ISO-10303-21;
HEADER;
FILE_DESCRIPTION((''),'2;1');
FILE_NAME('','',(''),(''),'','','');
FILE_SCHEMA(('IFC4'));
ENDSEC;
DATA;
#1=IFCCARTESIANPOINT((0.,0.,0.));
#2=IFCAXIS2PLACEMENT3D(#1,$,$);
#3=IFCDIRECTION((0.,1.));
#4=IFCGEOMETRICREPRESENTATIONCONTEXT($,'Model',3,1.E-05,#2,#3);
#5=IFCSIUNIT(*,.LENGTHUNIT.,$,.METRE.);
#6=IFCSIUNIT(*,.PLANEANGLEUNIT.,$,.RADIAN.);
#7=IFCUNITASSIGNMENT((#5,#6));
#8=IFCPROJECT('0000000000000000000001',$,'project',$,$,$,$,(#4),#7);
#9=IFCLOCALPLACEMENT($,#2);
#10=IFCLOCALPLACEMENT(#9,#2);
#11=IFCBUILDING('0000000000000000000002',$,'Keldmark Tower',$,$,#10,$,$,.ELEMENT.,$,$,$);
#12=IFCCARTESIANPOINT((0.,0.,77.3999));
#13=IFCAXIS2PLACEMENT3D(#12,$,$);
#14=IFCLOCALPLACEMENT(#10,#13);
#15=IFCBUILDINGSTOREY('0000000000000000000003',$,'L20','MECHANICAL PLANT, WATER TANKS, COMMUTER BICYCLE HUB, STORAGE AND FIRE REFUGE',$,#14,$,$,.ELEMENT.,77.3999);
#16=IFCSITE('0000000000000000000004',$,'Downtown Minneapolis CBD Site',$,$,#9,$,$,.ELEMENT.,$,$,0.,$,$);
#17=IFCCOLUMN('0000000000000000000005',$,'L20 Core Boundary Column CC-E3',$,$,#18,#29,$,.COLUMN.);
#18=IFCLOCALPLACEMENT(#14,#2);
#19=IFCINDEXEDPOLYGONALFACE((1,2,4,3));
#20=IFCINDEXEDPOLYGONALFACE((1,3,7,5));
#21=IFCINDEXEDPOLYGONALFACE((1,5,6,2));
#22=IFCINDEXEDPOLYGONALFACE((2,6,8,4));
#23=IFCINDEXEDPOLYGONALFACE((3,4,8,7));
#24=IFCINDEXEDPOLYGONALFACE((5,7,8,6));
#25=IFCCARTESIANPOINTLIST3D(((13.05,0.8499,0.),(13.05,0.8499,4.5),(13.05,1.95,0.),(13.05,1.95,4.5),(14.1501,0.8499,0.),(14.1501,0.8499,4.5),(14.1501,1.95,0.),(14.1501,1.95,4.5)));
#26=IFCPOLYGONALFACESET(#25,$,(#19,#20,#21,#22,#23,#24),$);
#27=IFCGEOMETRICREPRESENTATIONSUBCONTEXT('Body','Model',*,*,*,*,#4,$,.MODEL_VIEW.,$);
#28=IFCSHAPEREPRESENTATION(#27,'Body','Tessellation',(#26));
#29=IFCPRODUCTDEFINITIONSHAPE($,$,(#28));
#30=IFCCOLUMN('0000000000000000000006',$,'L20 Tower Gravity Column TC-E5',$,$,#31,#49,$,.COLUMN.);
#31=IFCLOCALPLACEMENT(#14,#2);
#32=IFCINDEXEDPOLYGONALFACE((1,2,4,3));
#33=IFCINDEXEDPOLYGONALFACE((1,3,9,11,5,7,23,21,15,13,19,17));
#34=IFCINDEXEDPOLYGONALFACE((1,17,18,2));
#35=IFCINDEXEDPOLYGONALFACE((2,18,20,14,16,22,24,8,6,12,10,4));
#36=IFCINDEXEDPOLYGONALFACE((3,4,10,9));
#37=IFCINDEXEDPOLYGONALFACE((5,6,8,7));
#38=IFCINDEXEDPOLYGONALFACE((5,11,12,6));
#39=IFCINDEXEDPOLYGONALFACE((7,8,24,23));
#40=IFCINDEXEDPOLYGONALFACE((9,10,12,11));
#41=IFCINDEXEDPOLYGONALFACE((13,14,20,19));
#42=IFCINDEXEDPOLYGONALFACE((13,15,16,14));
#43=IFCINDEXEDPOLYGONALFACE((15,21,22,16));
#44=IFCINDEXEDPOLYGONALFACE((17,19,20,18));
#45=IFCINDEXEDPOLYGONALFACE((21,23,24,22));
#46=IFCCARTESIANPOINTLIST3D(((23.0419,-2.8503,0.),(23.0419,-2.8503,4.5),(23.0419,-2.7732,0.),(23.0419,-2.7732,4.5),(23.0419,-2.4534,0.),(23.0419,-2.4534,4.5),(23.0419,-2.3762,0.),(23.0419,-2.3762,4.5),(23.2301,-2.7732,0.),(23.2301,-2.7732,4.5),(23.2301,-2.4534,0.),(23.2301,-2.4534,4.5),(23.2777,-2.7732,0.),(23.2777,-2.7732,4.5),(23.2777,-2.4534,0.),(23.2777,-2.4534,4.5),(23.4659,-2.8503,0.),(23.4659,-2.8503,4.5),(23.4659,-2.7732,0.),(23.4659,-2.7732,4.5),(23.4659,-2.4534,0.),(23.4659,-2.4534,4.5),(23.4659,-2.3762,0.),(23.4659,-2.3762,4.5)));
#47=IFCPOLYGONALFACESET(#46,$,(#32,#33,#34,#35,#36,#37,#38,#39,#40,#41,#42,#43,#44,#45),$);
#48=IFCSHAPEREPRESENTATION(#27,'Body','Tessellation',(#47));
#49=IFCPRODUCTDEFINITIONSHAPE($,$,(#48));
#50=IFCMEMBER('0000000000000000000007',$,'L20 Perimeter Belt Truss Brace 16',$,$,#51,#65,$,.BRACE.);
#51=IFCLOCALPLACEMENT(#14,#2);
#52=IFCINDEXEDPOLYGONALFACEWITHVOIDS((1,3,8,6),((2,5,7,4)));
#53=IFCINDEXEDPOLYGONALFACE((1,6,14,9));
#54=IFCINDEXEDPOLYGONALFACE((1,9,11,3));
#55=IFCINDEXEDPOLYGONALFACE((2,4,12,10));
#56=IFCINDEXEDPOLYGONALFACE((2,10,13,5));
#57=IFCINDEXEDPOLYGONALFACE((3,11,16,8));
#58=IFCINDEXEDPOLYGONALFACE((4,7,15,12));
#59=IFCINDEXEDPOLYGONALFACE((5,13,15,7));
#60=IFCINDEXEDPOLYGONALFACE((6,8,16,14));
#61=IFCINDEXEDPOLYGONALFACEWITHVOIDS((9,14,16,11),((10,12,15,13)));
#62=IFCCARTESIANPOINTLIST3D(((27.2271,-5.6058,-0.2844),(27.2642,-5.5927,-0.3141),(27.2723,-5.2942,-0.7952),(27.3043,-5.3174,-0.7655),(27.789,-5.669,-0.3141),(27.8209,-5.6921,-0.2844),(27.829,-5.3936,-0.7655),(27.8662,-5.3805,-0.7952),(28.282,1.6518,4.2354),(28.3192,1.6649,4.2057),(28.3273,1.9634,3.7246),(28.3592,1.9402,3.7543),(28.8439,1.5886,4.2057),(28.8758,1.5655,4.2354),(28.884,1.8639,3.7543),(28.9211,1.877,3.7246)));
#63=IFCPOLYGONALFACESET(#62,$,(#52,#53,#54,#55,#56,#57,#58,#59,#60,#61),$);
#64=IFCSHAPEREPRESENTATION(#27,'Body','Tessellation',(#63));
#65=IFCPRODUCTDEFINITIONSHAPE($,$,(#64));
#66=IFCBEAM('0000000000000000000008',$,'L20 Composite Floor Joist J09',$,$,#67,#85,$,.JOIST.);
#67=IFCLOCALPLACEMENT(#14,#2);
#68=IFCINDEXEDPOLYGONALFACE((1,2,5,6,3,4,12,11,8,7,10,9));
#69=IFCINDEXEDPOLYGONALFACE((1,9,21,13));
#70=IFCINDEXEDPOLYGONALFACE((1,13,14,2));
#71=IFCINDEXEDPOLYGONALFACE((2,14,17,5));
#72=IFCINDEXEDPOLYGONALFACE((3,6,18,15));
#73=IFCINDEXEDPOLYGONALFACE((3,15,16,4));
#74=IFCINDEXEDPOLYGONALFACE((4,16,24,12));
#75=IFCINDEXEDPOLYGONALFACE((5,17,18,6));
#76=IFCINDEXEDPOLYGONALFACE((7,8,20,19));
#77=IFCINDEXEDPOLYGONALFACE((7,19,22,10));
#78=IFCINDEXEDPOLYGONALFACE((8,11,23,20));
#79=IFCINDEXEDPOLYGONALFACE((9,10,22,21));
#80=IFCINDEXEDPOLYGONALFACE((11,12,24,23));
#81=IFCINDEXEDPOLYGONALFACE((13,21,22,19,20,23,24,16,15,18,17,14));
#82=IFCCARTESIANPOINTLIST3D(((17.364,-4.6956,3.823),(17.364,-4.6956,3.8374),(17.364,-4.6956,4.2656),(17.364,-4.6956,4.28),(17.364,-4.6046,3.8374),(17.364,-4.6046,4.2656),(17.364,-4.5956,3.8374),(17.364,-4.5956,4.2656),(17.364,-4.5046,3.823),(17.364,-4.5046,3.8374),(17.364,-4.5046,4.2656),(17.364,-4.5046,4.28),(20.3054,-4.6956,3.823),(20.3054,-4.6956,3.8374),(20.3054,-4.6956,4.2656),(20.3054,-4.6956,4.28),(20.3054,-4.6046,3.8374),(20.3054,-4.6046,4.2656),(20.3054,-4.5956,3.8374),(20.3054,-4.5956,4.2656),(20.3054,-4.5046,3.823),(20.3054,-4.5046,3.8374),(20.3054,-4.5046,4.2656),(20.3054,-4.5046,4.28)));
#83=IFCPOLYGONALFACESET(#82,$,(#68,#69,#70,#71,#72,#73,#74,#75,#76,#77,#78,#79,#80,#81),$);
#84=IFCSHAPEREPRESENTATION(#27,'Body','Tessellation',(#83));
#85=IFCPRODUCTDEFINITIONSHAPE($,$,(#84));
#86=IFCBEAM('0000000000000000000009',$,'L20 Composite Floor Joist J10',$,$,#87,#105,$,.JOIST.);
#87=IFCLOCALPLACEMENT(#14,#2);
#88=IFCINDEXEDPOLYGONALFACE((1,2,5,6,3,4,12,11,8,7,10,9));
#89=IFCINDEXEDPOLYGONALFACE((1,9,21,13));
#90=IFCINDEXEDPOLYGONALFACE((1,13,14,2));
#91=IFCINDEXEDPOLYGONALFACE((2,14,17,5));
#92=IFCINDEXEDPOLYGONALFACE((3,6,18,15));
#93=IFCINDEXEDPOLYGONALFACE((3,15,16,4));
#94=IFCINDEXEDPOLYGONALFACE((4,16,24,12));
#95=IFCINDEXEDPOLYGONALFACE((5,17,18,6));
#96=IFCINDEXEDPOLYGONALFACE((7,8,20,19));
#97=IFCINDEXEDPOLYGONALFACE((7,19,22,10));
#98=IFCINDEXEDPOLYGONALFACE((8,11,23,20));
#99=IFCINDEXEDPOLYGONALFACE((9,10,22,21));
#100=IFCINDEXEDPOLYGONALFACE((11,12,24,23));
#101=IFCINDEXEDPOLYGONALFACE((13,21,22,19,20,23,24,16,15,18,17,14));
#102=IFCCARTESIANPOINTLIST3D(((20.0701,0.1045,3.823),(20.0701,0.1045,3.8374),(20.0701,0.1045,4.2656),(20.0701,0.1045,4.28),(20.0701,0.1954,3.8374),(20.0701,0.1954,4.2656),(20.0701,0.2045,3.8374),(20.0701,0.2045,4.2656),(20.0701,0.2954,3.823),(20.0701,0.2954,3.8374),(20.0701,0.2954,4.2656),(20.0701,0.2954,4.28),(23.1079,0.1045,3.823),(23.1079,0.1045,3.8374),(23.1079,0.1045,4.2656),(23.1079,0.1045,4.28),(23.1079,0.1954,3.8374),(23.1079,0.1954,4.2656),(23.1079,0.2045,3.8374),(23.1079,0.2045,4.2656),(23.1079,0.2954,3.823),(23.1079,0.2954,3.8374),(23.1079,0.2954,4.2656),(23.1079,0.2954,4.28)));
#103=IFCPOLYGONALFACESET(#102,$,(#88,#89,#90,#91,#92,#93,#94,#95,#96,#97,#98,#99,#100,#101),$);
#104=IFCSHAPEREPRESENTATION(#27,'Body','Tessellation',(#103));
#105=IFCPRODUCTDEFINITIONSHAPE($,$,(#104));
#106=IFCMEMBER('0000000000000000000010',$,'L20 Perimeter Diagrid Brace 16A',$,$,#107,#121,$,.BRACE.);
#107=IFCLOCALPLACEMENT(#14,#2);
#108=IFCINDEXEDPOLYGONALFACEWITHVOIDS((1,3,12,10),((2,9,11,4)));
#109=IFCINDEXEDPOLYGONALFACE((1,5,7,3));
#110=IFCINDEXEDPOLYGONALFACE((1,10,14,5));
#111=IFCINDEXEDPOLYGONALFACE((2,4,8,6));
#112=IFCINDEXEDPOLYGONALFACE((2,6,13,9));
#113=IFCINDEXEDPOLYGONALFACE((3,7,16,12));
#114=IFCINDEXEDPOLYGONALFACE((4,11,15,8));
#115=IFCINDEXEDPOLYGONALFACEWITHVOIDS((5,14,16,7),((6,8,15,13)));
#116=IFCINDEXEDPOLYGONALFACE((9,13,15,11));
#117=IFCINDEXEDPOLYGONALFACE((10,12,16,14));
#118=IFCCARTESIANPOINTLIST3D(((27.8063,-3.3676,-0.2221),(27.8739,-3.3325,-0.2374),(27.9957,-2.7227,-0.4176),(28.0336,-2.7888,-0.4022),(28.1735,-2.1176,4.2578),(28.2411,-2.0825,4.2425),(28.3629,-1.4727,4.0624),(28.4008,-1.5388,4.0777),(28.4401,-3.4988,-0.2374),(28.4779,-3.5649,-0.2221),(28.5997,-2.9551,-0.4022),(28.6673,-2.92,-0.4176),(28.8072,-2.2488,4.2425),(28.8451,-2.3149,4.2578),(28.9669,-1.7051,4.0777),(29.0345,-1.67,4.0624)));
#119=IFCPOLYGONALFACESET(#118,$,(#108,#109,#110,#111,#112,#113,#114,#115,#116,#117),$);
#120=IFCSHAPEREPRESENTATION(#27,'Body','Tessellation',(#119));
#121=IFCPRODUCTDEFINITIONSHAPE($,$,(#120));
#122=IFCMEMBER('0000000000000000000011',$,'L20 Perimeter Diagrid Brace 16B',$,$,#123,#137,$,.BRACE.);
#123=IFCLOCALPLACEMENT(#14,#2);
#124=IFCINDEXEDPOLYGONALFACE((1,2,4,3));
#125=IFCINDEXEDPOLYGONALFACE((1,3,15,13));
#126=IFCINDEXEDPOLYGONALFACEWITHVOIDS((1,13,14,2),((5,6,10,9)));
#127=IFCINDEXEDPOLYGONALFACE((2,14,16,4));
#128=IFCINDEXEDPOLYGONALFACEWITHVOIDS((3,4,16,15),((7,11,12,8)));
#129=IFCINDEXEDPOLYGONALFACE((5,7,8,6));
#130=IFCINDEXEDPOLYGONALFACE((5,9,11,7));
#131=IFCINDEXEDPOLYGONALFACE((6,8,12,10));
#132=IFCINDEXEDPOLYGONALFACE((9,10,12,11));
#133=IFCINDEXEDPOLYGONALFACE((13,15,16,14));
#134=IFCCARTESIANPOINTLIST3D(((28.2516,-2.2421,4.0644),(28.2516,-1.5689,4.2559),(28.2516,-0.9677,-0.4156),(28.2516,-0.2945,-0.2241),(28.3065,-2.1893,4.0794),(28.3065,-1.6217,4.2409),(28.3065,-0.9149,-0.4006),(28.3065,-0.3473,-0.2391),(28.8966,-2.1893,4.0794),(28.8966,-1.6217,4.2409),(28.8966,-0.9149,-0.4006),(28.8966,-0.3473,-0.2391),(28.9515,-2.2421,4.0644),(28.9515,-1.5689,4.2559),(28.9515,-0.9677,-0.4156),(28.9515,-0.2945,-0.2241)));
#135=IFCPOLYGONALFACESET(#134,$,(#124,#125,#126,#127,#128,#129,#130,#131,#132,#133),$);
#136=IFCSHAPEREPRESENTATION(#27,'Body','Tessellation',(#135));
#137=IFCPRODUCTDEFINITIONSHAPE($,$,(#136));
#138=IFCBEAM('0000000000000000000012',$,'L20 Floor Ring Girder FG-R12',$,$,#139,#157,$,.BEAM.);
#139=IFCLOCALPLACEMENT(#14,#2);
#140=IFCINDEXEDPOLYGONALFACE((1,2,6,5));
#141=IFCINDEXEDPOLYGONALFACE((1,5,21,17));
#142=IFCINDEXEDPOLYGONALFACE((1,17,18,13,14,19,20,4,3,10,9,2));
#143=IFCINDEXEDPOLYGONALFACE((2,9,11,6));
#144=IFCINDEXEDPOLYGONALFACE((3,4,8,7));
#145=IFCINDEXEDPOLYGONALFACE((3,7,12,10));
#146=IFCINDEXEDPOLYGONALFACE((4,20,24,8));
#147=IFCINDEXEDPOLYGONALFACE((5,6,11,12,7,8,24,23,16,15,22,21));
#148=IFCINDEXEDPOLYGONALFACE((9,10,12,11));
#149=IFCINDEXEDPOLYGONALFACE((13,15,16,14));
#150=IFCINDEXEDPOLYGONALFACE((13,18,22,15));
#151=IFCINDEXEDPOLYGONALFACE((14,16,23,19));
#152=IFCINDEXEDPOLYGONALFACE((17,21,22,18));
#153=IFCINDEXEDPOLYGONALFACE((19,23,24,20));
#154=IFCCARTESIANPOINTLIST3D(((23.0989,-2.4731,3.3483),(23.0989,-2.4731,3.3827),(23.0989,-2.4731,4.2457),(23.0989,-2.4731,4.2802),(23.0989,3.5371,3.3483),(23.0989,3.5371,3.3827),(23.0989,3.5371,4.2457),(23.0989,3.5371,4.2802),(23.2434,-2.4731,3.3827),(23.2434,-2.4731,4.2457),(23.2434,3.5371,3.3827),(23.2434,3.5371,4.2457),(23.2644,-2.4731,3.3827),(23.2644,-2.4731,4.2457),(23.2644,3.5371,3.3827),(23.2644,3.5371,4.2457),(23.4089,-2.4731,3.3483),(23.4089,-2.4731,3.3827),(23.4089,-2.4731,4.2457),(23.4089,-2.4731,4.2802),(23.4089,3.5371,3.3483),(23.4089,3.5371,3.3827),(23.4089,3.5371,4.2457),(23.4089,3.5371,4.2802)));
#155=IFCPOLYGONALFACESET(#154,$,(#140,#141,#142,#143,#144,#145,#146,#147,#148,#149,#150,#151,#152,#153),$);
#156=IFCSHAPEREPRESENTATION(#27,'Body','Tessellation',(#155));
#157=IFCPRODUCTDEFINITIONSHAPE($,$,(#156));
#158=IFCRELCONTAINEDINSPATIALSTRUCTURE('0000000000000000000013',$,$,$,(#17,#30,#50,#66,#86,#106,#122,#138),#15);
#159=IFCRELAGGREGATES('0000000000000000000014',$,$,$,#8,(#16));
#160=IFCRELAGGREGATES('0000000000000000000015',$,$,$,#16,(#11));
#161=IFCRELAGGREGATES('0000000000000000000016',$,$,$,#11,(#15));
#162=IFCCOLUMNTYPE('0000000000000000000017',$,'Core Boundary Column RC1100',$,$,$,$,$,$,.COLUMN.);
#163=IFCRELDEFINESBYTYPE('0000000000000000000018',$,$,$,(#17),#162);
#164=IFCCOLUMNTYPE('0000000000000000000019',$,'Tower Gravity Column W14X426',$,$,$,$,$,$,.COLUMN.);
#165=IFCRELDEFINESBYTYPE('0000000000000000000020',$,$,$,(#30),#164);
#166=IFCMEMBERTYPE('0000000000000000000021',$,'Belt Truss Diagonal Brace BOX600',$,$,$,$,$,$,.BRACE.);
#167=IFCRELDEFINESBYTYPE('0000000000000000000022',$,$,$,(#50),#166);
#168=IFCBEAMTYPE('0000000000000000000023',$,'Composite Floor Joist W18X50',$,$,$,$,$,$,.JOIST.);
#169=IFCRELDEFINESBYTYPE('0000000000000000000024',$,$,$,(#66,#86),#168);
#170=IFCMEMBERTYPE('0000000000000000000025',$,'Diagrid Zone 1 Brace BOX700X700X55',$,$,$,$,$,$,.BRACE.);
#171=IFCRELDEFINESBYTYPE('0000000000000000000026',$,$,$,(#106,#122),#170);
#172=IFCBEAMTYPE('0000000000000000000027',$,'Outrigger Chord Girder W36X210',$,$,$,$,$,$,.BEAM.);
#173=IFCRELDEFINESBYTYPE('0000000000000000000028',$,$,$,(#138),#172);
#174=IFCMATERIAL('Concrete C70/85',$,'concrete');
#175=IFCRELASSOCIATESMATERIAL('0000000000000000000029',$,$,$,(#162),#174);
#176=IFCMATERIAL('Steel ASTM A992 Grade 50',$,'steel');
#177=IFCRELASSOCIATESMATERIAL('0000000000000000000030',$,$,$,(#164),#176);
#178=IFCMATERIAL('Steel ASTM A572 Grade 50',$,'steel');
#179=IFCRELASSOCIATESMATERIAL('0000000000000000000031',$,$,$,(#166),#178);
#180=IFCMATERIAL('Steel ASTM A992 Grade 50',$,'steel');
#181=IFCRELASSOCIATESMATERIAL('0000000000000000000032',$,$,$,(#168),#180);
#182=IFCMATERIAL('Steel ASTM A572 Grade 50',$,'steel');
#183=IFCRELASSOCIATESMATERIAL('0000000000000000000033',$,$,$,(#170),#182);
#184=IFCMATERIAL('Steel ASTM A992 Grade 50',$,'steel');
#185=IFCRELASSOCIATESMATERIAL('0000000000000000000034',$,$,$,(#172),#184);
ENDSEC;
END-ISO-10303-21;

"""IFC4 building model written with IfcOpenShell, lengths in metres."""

from ifc_helpers import new_model, si_unit, direction, frame, origin, origin_2d, place, context, subcontext, project, spatial, rectangle, hollow_rectangle, i_section, extrude, material, material_profile, profile_set, type_object, element, save


model = new_model("IFC4")

# Units and contexts
model_context = context("Model", 3, precision=1e-05, world=origin(), true_north=direction((0.0, 1.0)))
body_context = subcontext(model_context, "Body", "Model", "MODEL_VIEW")
ifc_project = project(units=[si_unit("LENGTHUNIT", "METRE"), si_unit("PLANEANGLEUNIT", "RADIAN")], contexts=[model_context])

# Site, building, storey
site_placement = place(None, origin())
site = spatial("IfcSite", under=ifc_project, at=site_placement, Name="Downtown Minneapolis CBD Site", CompositionType="ELEMENT", RefElevation=0.0)
building_placement = place(site_placement, origin())
building = spatial("IfcBuilding", under=site, at=building_placement, Name="Keldmark Tower", CompositionType="ELEMENT")
storey_placement = place(building_placement, frame((0.0, 0.0, 77.3999)))
storey = spatial("IfcBuildingStorey", under=building, at=storey_placement, Name="L20", Description="MECHANICAL PLANT, WATER TANKS, COMMUTER BICYCLE HUB, STORAGE AND FIRE REFUGE", CompositionType="ELEMENT", Elevation=77.3999)

# Columns
ifc_material_1 = material(Name="Concrete C70/85", Category="concrete")
ifc_material_profile_1 = material_profile(ifc_material_1, rectangle(XDim=1.1001, YDim=1.1001, at=origin_2d()), Name="RC1100X1100")
ifc_profile_set_1 = profile_set([ifc_material_profile_1], Name="Concrete C70/85")
column_type_1 = type_object("IfcColumnType", Name="Core Boundary Column RC1100", PredefinedType="COLUMN", material=ifc_profile_set_1)
column_1_placement = place(storey_placement, frame((13.6001, 1.3999, 0.0), z_axis=(0.0, 0.0, 1.0), x_axis=(1.0, 0.0, 0.0)))
element("IfcColumn", 1, at=column_1_placement, inside=storey, type_object=column_type_1, Name="L20 Core Boundary Column CC-E3", PredefinedType="COLUMN", context=body_context, shape_type="SweptSolid", body=[
    extrude(rectangle(XDim=1.1001, YDim=1.1001, at=origin_2d()), origin(), (0.0, 0.0, 1.0), 4.5),
])
ifc_material_2 = material(Name="Steel ASTM A992 Grade 50", Category="steel")
ifc_material_profile_2 = material_profile(ifc_material_2, i_section(OverallWidth=0.4241, OverallDepth=0.4741, WebThickness=0.0476, FlangeThickness=0.0771, at=origin_2d()), Name="W14X426")
ifc_profile_set_2 = profile_set([ifc_material_profile_2], Name="Steel ASTM A992 Grade 50")
column_type_2 = type_object("IfcColumnType", Name="Tower Gravity Column W14X426", PredefinedType="COLUMN", material=ifc_profile_set_2)
column_2_placement = place(storey_placement, frame((23.2539, -2.6133, 0.0), z_axis=(0.0, 0.0, 1.0), x_axis=(1.0, 0.0, 0.0)))
element("IfcColumn", 2, at=column_2_placement, inside=storey, type_object=column_type_2, Name="L20 Tower Gravity Column TC-E5", PredefinedType="COLUMN", context=body_context, shape_type="SweptSolid", body=[
    extrude(i_section(OverallWidth=0.4241, OverallDepth=0.4741, WebThickness=0.0476, FlangeThickness=0.0771, at=origin_2d()), origin(), (0.0, 0.0, 1.0), 4.5),
])

# Member
ifc_material_3 = material(Name="Steel ASTM A572 Grade 50", Category="steel")
ifc_material_profile_3 = material_profile(ifc_material_3, hollow_rectangle(XDim=0.6001, YDim=0.6001, WallThickness=0.0349, at=origin_2d()), Name="BOX600X600X35")
ifc_profile_set_3 = profile_set([ifc_material_profile_3], Name="Steel ASTM A572 Grade 50")
member_type_1 = type_object("IfcMemberType", Name="Belt Truss Diagonal Brace BOX600", PredefinedType="BRACE", material=ifc_profile_set_3)
member_1_placement = place(storey_placement, frame((27.5466, -5.4932, -0.5398), z_axis=(0.122457, 0.84246, 0.524657), x_axis=(-0.9896, 0.143844, 0.0)))
element("IfcMember", 3, at=member_1_placement, inside=storey, type_object=member_type_1, Name="L20 Perimeter Belt Truss Brace 16", PredefinedType="BRACE", context=body_context, shape_type="SweptSolid", body=[
    extrude(hollow_rectangle(XDim=0.6001, YDim=0.6001, WallThickness=0.0349, at=origin_2d()), origin(), (0.0, 0.0, 1.0), 8.6147),
])

# Beams
ifc_material_4 = material(Name="Steel ASTM A992 Grade 50", Category="steel")
ifc_material_profile_4 = material_profile(ifc_material_4, i_section(OverallWidth=0.1909, OverallDepth=0.457, WebThickness=0.009, FlangeThickness=0.0144, at=origin_2d()), Name="W18X50")
ifc_profile_set_4 = profile_set([ifc_material_profile_4], Name="Steel ASTM A992 Grade 50")
beam_type_1 = type_object("IfcBeamType", Name="Composite Floor Joist W18X50", PredefinedType="JOIST", material=ifc_profile_set_4)
beam_1_placement = place(storey_placement, frame((17.364, -4.6001, 4.0515), z_axis=(1.0, 0.0, 0.0), x_axis=(0.0, 1.0, 0.0)))
element("IfcBeam", 4, at=beam_1_placement, inside=storey, type_object=beam_type_1, Name="L20 Composite Floor Joist J09", PredefinedType="JOIST", context=body_context, shape_type="SweptSolid", body=[
    extrude(i_section(OverallWidth=0.1909, OverallDepth=0.457, WebThickness=0.009, FlangeThickness=0.0144, at=origin_2d()), origin(), (0.0, 0.0, 1.0), 2.9414),
])
beam_2_placement = place(storey_placement, frame((20.0701, 0.2, 4.0515), z_axis=(1.0, 0.0, 0.0), x_axis=(0.0, 1.0, 0.0)))
element("IfcBeam", 5, at=beam_2_placement, inside=storey, type_object=beam_type_1, Name="L20 Composite Floor Joist J10", PredefinedType="JOIST", context=body_context, shape_type="SweptSolid", body=[
    extrude(i_section(OverallWidth=0.1909, OverallDepth=0.457, WebThickness=0.009, FlangeThickness=0.0144, at=origin_2d()), origin(), (0.0, 0.0, 1.0), 3.0378),
])

# Members
ifc_material_5 = material(Name="Steel ASTM A572 Grade 50", Category="steel")
ifc_material_profile_5 = material_profile(ifc_material_5, hollow_rectangle(XDim=0.7, YDim=0.7, WallThickness=0.0549, at=origin_2d()), Name="BOX700X700X55")
ifc_profile_set_5 = profile_set([ifc_material_profile_5], Name="Steel ASTM A572 Grade 50")
member_type_2 = type_object("IfcMemberType", Name="Diagrid Zone 1 Brace BOX700X700X55", PredefinedType="BRACE", material=ifc_profile_set_5)
member_2_placement = place(storey_placement, frame((28.2368, -3.1438, -0.3198), z_axis=(0.078702, 0.26792, 0.960221), x_axis=(-0.959461, 0.281842, 0.0)))
element("IfcMember", 6, at=member_2_placement, inside=storey, type_object=member_type_2, Name="L20 Perimeter Diagrid Brace 16A", PredefinedType="BRACE", context=body_context, shape_type="SweptSolid", body=[
    extrude(hollow_rectangle(XDim=0.7, YDim=0.7, WallThickness=0.0549, at=origin_2d()), origin(), (0.0, 0.0, 1.0), 4.6655),
])
member_3_placement = place(storey_placement, frame((28.6016, -0.6311, -0.3198), z_axis=(0.0, -0.273613, 0.96184), x_axis=(1.0, 0.0, 0.0)))
element("IfcMember", 7, at=member_3_placement, inside=storey, type_object=member_type_2, Name="L20 Perimeter Diagrid Brace 16B", PredefinedType="BRACE", context=body_context, shape_type="SweptSolid", body=[
    extrude(hollow_rectangle(XDim=0.7, YDim=0.7, WallThickness=0.0549, at=origin_2d()), origin(), (0.0, 0.0, 1.0), 4.6577),
])

# Beam
ifc_material_6 = material(Name="Steel ASTM A992 Grade 50", Category="steel")
ifc_material_profile_6 = material_profile(ifc_material_6, i_section(OverallWidth=0.3101, OverallDepth=0.9319, WebThickness=0.021, FlangeThickness=0.0344, at=origin_2d()), Name="W36X210")
ifc_profile_set_6 = profile_set([ifc_material_profile_6], Name="Steel ASTM A992 Grade 50")
beam_type_2 = type_object("IfcBeamType", Name="Outrigger Chord Girder W36X210", PredefinedType="BEAM", material=ifc_profile_set_6)
beam_3_placement = place(storey_placement, frame((23.2539, -2.4731, 3.8142), z_axis=(0.0, 1.0, 0.0), x_axis=(-1.0, 0.0, 0.0)))
element("IfcBeam", 8, at=beam_3_placement, inside=storey, type_object=beam_type_2, Name="L20 Floor Ring Girder FG-R12", PredefinedType="BEAM", context=body_context, shape_type="SweptSolid", body=[
    extrude(i_section(OverallWidth=0.3101, OverallDepth=0.9319, WebThickness=0.021, FlangeThickness=0.0344, at=origin_2d()), origin(), (0.0, 0.0, 1.0), 6.0103),
])

save(model, "model.ifc")
